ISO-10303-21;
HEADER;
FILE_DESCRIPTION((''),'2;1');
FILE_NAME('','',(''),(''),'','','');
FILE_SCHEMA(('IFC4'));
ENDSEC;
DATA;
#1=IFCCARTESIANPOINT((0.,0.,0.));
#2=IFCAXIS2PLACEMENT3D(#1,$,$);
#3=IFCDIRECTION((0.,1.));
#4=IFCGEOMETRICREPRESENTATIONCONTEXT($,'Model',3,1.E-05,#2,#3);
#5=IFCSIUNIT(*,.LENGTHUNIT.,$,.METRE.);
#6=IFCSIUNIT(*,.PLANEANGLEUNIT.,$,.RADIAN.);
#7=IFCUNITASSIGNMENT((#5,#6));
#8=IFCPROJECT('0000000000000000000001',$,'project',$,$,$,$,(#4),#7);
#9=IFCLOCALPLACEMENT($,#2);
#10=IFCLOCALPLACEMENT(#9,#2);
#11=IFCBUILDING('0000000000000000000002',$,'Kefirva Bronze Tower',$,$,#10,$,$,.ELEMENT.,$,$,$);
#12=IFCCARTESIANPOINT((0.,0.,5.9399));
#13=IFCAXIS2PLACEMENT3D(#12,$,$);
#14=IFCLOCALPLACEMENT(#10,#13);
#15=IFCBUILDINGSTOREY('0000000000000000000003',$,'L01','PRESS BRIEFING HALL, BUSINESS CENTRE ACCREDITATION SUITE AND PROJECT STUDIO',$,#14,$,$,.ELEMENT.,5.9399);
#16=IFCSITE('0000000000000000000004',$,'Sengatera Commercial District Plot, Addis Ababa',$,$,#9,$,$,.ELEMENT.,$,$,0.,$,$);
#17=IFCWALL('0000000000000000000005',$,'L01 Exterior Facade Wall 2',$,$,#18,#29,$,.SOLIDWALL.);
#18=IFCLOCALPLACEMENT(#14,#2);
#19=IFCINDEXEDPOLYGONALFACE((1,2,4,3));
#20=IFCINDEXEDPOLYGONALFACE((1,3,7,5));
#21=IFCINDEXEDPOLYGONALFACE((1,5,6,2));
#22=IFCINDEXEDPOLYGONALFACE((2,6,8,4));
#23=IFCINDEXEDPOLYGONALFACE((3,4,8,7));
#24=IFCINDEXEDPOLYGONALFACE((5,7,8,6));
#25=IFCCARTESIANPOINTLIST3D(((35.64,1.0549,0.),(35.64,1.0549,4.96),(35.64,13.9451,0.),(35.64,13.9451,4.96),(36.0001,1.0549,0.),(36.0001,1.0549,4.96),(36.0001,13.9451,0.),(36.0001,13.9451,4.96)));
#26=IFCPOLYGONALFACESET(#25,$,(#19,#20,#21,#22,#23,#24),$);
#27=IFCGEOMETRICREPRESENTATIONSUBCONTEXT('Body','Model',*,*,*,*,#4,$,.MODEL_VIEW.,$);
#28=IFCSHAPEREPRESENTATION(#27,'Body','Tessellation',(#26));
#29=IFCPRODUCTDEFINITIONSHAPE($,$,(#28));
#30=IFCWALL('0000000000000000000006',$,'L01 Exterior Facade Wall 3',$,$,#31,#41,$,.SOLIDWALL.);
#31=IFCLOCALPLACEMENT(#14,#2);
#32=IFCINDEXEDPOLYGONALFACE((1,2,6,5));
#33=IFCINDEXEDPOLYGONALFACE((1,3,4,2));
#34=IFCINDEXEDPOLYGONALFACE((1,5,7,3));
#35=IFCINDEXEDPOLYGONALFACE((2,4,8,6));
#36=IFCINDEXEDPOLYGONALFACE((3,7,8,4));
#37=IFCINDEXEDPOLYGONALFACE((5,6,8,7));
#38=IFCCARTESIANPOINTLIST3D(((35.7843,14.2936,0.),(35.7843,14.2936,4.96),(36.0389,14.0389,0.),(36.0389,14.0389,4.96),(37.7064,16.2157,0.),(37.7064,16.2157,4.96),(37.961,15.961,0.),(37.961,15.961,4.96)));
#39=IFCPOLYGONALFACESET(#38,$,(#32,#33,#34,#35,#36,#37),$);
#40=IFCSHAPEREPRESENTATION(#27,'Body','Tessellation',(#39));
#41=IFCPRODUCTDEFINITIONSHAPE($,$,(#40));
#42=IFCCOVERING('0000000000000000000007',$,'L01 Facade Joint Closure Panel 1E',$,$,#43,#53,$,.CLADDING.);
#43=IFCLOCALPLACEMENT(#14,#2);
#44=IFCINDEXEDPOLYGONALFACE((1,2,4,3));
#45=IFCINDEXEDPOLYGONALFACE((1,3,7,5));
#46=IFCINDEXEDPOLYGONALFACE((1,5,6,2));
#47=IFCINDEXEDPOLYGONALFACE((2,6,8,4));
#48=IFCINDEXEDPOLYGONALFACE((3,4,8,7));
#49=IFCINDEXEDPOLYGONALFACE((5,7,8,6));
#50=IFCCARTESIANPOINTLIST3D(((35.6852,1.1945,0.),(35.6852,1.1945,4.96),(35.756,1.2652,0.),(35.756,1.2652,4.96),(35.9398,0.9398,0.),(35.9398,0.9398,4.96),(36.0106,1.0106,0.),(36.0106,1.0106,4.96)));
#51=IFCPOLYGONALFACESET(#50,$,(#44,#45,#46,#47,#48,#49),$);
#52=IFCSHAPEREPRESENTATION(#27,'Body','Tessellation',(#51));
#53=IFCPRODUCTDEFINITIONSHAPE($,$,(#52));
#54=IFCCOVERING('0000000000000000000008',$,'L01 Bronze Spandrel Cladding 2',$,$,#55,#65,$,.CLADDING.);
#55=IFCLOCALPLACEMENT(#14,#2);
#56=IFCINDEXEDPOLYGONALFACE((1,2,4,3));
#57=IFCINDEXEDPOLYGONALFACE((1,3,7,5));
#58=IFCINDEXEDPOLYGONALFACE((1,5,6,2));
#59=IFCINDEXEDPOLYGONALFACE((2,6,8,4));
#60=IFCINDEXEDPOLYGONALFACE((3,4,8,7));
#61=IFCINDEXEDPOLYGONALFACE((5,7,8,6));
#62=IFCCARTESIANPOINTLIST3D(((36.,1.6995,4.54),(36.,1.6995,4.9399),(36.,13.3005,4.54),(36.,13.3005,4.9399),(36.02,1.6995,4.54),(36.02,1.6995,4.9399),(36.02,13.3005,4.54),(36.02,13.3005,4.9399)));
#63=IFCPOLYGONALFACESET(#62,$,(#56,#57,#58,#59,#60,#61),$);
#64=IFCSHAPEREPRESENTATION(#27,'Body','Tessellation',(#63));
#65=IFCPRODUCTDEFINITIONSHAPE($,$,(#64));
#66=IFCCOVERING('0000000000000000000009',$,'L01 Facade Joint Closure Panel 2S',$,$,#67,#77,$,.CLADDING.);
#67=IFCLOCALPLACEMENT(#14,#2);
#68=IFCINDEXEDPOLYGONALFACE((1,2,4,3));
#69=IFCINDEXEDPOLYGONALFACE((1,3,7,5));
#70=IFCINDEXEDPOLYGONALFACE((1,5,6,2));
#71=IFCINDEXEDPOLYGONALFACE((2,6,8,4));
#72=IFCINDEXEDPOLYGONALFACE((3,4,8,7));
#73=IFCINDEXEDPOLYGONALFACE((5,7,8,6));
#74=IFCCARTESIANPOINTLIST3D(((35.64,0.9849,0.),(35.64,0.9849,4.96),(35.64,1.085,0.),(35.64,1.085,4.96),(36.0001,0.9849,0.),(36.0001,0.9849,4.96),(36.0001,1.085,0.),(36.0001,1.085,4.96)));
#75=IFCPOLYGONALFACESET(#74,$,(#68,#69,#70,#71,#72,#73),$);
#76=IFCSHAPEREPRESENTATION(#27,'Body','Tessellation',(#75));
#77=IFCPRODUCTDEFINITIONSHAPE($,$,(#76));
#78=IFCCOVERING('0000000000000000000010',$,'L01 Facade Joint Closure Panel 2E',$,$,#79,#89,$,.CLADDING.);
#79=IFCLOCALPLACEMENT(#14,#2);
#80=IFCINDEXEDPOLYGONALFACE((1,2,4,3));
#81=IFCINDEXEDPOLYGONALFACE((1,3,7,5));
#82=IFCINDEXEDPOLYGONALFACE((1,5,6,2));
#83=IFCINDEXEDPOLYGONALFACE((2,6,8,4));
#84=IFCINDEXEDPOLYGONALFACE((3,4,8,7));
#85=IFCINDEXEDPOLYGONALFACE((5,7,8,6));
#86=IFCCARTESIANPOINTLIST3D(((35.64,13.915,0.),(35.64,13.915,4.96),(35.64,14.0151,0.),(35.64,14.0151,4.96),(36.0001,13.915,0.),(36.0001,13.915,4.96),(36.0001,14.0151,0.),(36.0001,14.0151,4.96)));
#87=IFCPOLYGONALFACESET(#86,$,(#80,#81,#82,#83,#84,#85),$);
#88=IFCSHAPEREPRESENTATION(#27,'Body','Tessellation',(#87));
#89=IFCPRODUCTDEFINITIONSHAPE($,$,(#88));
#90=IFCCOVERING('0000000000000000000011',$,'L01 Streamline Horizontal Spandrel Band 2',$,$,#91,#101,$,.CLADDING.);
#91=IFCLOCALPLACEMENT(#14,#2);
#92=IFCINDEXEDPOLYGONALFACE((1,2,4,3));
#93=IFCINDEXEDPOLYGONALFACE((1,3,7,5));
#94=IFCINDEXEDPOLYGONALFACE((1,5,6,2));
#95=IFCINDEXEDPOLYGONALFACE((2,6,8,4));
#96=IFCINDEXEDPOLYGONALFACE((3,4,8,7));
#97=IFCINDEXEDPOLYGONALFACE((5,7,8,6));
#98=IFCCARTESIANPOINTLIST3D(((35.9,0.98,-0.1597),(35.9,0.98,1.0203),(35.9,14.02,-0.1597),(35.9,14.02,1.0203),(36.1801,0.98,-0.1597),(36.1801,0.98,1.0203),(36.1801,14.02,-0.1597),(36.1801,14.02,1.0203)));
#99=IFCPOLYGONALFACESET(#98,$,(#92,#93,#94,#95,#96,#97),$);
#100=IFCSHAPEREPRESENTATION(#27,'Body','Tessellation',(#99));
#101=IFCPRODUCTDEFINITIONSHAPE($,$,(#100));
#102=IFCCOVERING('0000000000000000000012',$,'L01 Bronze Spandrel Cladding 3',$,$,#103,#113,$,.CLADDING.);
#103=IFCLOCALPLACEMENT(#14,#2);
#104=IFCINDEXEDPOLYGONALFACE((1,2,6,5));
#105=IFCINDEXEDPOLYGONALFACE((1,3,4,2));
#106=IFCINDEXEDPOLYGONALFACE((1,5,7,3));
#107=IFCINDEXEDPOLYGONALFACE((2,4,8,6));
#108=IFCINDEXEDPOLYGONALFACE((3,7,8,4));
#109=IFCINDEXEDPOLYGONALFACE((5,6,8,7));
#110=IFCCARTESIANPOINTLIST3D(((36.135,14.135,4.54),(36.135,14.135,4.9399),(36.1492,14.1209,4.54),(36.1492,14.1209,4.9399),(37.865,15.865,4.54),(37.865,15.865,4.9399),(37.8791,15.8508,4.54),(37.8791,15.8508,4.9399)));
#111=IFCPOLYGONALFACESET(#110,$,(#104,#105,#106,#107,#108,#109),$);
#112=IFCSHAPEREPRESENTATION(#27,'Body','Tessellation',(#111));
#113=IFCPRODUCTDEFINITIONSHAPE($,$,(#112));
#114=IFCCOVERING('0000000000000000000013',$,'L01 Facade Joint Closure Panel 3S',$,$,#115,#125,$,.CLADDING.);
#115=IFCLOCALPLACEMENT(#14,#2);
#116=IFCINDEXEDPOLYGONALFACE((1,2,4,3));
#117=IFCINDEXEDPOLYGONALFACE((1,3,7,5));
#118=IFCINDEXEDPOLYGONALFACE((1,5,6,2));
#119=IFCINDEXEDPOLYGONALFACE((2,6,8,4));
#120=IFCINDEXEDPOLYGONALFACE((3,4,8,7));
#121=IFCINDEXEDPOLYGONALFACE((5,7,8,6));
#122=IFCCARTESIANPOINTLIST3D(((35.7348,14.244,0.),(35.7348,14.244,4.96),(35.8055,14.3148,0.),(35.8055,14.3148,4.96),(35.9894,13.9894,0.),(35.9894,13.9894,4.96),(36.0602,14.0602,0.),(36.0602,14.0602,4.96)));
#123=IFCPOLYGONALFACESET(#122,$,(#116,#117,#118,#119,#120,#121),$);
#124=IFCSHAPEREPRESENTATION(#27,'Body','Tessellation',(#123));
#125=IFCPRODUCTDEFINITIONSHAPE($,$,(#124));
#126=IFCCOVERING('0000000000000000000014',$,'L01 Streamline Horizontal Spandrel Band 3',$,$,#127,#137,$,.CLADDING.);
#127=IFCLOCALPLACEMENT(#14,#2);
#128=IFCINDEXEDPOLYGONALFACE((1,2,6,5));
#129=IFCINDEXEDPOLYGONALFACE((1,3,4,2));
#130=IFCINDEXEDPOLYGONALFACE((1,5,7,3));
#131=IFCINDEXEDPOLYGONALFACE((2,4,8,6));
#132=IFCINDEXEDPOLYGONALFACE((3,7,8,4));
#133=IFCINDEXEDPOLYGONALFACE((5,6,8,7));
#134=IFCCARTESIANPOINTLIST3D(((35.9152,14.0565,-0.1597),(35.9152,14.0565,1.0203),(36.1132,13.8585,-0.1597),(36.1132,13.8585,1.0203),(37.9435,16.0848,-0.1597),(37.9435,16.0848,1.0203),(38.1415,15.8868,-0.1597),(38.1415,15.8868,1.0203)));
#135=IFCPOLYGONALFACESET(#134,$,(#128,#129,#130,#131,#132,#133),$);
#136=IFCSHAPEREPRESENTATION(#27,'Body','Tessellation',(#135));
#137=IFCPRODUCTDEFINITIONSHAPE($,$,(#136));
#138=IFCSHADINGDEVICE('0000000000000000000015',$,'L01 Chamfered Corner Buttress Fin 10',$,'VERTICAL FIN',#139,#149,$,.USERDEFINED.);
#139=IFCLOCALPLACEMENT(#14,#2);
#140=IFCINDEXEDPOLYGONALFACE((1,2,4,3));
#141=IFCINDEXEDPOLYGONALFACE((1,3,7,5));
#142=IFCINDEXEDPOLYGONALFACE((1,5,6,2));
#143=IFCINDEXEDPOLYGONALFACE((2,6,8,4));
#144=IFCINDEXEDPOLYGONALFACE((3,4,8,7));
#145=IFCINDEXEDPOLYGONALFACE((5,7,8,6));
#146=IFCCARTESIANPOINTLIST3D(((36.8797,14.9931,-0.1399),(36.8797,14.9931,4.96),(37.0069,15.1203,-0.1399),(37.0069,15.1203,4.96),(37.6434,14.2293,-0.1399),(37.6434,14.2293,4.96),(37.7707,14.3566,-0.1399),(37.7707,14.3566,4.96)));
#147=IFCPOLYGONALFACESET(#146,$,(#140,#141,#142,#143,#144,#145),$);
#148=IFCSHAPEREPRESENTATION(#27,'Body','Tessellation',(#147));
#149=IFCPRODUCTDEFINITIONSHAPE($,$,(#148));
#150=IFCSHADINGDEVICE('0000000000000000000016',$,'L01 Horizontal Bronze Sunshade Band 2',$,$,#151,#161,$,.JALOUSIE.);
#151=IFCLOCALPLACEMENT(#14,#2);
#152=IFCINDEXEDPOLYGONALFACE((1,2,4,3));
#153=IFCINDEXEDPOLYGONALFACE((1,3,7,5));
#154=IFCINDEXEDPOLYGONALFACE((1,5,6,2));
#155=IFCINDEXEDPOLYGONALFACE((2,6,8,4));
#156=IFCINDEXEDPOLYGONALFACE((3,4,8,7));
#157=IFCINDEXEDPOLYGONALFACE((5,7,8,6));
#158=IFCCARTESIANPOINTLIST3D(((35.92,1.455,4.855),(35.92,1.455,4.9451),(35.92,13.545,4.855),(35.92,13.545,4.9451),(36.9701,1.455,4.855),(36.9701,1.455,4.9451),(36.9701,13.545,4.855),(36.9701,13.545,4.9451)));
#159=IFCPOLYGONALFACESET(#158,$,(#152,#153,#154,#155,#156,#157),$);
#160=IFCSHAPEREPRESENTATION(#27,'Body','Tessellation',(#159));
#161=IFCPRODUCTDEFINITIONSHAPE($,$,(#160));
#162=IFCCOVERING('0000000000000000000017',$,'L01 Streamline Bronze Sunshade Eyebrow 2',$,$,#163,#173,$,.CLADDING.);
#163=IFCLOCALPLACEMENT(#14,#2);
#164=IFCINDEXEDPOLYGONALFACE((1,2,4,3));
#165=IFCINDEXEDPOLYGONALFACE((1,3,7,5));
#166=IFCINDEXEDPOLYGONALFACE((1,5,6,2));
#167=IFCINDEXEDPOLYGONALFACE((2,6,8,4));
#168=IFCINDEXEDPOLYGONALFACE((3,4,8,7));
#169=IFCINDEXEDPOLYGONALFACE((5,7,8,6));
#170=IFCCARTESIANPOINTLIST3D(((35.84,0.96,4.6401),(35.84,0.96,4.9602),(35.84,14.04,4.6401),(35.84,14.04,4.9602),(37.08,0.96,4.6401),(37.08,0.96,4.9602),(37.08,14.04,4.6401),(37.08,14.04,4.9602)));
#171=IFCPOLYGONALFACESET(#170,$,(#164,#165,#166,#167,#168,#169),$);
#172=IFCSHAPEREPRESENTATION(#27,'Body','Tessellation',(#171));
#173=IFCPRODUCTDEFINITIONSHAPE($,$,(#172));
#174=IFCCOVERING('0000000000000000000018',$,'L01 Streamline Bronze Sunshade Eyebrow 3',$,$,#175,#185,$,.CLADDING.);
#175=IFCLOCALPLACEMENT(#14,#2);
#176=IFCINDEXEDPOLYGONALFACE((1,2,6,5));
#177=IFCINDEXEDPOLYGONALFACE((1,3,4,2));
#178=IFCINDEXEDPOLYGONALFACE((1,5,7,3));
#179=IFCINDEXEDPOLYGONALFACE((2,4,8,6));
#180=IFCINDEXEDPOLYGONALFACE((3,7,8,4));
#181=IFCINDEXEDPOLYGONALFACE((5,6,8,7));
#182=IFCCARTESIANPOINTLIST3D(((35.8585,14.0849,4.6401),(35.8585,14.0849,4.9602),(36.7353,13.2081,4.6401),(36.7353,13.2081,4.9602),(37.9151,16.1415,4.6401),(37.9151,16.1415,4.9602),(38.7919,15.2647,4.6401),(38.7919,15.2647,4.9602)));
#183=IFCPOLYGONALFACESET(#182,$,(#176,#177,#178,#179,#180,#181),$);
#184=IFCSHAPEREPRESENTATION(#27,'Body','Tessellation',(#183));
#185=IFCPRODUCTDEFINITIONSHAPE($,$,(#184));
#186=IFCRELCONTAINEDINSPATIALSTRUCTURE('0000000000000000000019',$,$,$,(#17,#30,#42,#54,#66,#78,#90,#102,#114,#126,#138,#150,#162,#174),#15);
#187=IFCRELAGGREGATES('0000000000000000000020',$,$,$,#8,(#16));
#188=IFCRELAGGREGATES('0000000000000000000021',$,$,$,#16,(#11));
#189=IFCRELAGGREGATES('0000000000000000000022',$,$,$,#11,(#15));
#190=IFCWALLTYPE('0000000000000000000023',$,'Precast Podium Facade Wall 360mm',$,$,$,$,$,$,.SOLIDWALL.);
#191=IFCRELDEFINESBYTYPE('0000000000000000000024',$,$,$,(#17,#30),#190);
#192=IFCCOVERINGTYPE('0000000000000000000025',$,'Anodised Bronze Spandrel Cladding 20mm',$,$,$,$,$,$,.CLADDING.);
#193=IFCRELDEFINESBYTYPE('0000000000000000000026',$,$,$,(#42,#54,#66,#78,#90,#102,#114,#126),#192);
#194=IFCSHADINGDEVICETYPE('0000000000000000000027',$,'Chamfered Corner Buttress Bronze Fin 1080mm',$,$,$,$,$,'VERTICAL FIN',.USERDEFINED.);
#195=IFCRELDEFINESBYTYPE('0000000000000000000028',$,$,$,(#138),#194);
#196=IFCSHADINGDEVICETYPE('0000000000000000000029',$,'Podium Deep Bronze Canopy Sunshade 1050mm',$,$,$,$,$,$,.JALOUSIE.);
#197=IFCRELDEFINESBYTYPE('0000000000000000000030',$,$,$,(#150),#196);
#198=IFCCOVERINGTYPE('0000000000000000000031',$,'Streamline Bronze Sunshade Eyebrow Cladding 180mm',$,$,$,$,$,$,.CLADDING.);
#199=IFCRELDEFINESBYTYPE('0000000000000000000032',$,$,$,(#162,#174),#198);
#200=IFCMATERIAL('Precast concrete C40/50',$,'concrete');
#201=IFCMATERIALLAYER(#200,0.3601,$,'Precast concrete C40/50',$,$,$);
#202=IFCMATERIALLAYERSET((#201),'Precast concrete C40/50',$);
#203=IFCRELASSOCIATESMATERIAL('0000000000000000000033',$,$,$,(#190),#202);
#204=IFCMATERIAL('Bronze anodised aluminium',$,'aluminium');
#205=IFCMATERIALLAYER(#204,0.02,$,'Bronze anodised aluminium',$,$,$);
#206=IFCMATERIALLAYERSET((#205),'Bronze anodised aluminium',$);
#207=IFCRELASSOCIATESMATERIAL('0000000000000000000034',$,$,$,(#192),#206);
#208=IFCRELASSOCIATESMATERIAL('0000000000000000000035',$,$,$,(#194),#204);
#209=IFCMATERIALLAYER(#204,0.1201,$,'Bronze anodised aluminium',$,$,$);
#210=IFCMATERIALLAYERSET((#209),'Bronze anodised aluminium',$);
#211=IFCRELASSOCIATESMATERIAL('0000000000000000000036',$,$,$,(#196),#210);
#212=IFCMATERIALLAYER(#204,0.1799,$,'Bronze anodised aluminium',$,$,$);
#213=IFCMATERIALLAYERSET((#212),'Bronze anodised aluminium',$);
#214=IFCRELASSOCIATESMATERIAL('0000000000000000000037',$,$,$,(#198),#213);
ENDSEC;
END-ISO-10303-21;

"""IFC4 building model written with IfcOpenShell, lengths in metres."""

from ifc_helpers import new_model, si_unit, direction, frame, frame_2d, origin, origin_2d, place, context, subcontext, project, spatial, rectangle, extrude, material, layer, layer_set, material_profile, profile_set, type_object, element, save


model = new_model("IFC4")

# Units and contexts
model_context = context("Model", 3, precision=1e-05, world=origin(), true_north=direction((0.0, 1.0)))
body_context = subcontext(model_context, "Body", "Model", "MODEL_VIEW")
ifc_project = project(units=[si_unit("LENGTHUNIT", "METRE"), si_unit("PLANEANGLEUNIT", "RADIAN")], contexts=[model_context])

# Site, building, storey
site_placement = place(None, origin())
site = spatial("IfcSite", under=ifc_project, at=site_placement, Name="Sengatera Commercial District Plot, Addis Ababa", CompositionType="ELEMENT", RefElevation=0.0)
building_placement = place(site_placement, origin())
building = spatial("IfcBuilding", under=site, at=building_placement, Name="Kefirva Bronze Tower", CompositionType="ELEMENT")
storey_placement = place(building_placement, frame((0.0, 0.0, 5.9399)))
storey = spatial("IfcBuildingStorey", under=building, at=storey_placement, Name="L01", Description="PRESS BRIEFING HALL, BUSINESS CENTRE ACCREDITATION SUITE AND PROJECT STUDIO", CompositionType="ELEMENT", Elevation=5.9399)

# Walls
ifc_material_1 = material(Name="Precast concrete C40/50", Category="concrete")
ifc_layer_1 = layer(ifc_material_1, 0.3601, Name="Precast concrete C40/50")
ifc_layer_set_1 = layer_set([ifc_layer_1], Name="Precast concrete C40/50")
wall_type = type_object("IfcWallType", Name="Precast Podium Facade Wall 360mm", PredefinedType="SOLIDWALL", material=ifc_layer_set_1)
wall_1_placement = place(storey_placement, frame((35.8201, 1.0549, 0.0), z_axis=(0.0, 0.0, 1.0), x_axis=(0.0, 1.0, 0.0)))
element("IfcWall", 1, at=wall_1_placement, inside=storey, type_object=wall_type, Name="L01 Exterior Facade Wall 2", PredefinedType="SOLIDWALL", context=body_context, shape_type="SweptSolid", body=[
    extrude(rectangle(XDim=12.8901, YDim=0.3601, at=frame_2d((6.4451, 0.0))), origin(), (0.0, 0.0, 1.0), 4.96),
])
wall_2_placement = place(storey_placement, frame((35.9116, 14.1663, 0.0), z_axis=(0.0, 0.0, 1.0), x_axis=(0.707107, 0.707107, 0.0)))
element("IfcWall", 2, at=wall_2_placement, inside=storey, type_object=wall_type, Name="L01 Exterior Facade Wall 3", PredefinedType="SOLIDWALL", context=body_context, shape_type="SweptSolid", body=[
    extrude(rectangle(XDim=2.7183, YDim=0.3601, at=frame_2d((1.3591, 0.0))), origin(), (0.0, 0.0, 1.0), 4.96),
])

# Coverings
ifc_material_2 = material(Name="Bronze anodised aluminium", Category="aluminium")
ifc_layer_2 = layer(ifc_material_2, 0.02, Name="Bronze anodised aluminium")
ifc_layer_set_2 = layer_set([ifc_layer_2], Name="Bronze anodised aluminium")
covering_type_1 = type_object("IfcCoveringType", Name="Anodised Bronze Spandrel Cladding 20mm", PredefinedType="CLADDING", material=ifc_layer_set_2)
covering_1_placement = place(storey_placement, frame((35.8479, 1.1025, 0.0), z_axis=(0.0, 0.0, 1.0), x_axis=(0.707107, 0.707107, 0.0)))
element("IfcCovering", 3, at=covering_1_placement, inside=storey, type_object=covering_type_1, Name="L01 Facade Joint Closure Panel 1E", PredefinedType="CLADDING", context=body_context, shape_type="SweptSolid", body=[
    extrude(rectangle(XDim=0.1001, YDim=0.3601, at=origin_2d()), origin(), (0.0, 0.0, 1.0), 4.96),
])
covering_2_placement = place(storey_placement, frame((36.01, 7.5, 4.54), z_axis=(0.0, 0.0, 1.0), x_axis=(0.0, 1.0, 0.0)))
element("IfcCovering", 4, at=covering_2_placement, inside=storey, type_object=covering_type_1, Name="L01 Bronze Spandrel Cladding 2", PredefinedType="CLADDING", context=body_context, shape_type="SweptSolid", body=[
    extrude(rectangle(XDim=11.6011, YDim=0.02, at=origin_2d()), origin(), (0.0, 0.0, 1.0), 0.3999),
])
for number, where, z_axis, x_axis, name in (
    (5, (35.8201, 1.0349, 0.0), (0.0, 0.0, 1.0), (0.0, 1.0, 0.0), "L01 Facade Joint Closure Panel 2S"),
    (6, (35.8201, 13.9651, 0.0), (0.0, 0.0, 1.0), (0.0, 1.0, 0.0), "L01 Facade Joint Closure Panel 2E"),
):
    element("IfcCovering", number, at=place(storey_placement, frame(where, z_axis=z_axis, x_axis=x_axis)), inside=storey, type_object=covering_type_1, Name=name, PredefinedType="CLADDING", context=body_context, shape_type="SweptSolid", body=[
        extrude(rectangle(XDim=0.1001, YDim=0.3601, at=origin_2d()), origin(), (0.0, 0.0, 1.0), 4.96),
    ])
covering_3_placement = place(storey_placement, frame((36.04, 7.5, -0.1597), z_axis=(0.0, 0.0, 1.0), x_axis=(0.0, 1.0, 0.0)))
element("IfcCovering", 7, at=covering_3_placement, inside=storey, type_object=covering_type_1, Name="L01 Streamline Horizontal Spandrel Band 2", PredefinedType="CLADDING", context=body_context, shape_type="SweptSolid", body=[
    extrude(rectangle(XDim=13.04, YDim=0.28, at=origin_2d()), origin(), (0.0, 0.0, 1.0), 1.1799),
])
covering_4_placement = place(storey_placement, frame((37.0071, 14.9929, 4.54), z_axis=(0.0, 0.0, 1.0), x_axis=(0.707107, 0.707107, 0.0)))
element("IfcCovering", 8, at=covering_4_placement, inside=storey, type_object=covering_type_1, Name="L01 Bronze Spandrel Cladding 3", PredefinedType="CLADDING", context=body_context, shape_type="SweptSolid", body=[
    extrude(rectangle(XDim=2.4465, YDim=0.02, at=origin_2d()), origin(), (0.0, 0.0, 1.0), 0.3999),
])
covering_5_placement = place(storey_placement, frame((35.8975, 14.1521, 0.0), z_axis=(0.0, 0.0, 1.0), x_axis=(0.707107, 0.707107, 0.0)))
element("IfcCovering", 9, at=covering_5_placement, inside=storey, type_object=covering_type_1, Name="L01 Facade Joint Closure Panel 3S", PredefinedType="CLADDING", context=body_context, shape_type="SweptSolid", body=[
    extrude(rectangle(XDim=0.1001, YDim=0.3601, at=origin_2d()), origin(), (0.0, 0.0, 1.0), 4.96),
])
covering_6_placement = place(storey_placement, frame((37.0283, 14.9717, -0.1597), z_axis=(0.0, 0.0, 1.0), x_axis=(0.707107, 0.707107, 0.0)))
element("IfcCovering", 10, at=covering_6_placement, inside=storey, type_object=covering_type_1, Name="L01 Streamline Horizontal Spandrel Band 3", PredefinedType="CLADDING", context=body_context, shape_type="SweptSolid", body=[
    extrude(rectangle(XDim=2.8684, YDim=0.28, at=origin_2d()), origin(), (0.0, 0.0, 1.0), 1.1799),
])

# Shading devices
ifc_material_profile_1 = material_profile(ifc_material_2, rectangle(XDim=0.1799, YDim=1.0801, at=origin_2d()), Name="BRONZE BUTTRESS FIN 180x1080")
ifc_profile_set_1 = profile_set([ifc_material_profile_1], Name="Bronze anodised aluminium")
shading_device_type_1 = type_object("IfcShadingDeviceType", Name="Chamfered Corner Buttress Bronze Fin 1080mm", ElementType="VERTICAL FIN", PredefinedType="USERDEFINED", material=ifc_profile_set_1)
shading_device_1_placement = place(storey_placement, frame((37.3252, 14.6748, -0.1399), z_axis=(0.0, 0.0, 1.0), x_axis=(0.707107, 0.707107, 0.0)))
element("IfcShadingDevice", 11, at=shading_device_1_placement, inside=storey, type_object=shading_device_type_1, Name="L01 Chamfered Corner Buttress Fin 10", ObjectType="VERTICAL FIN", PredefinedType="USERDEFINED", context=body_context, shape_type="SweptSolid", body=[
    extrude(rectangle(XDim=0.1799, YDim=1.0801, at=origin_2d()), origin(), (0.0, 0.0, 1.0), 5.0999),
])
ifc_layer_3 = layer(ifc_material_2, 0.1201, Name="Bronze anodised aluminium")
ifc_layer_set_3 = layer_set([ifc_layer_3], Name="Bronze anodised aluminium")
shading_device_type_2 = type_object("IfcShadingDeviceType", Name="Podium Deep Bronze Canopy Sunshade 1050mm", PredefinedType="JALOUSIE", material=ifc_layer_set_3)
shading_device_2_placement = place(storey_placement, frame((36.4451, 7.5, 4.855), z_axis=(0.0, 0.0, 1.0), x_axis=(0.0, 1.0, 0.0)))
element("IfcShadingDevice", 12, at=shading_device_2_placement, inside=storey, type_object=shading_device_type_2, Name="L01 Horizontal Bronze Sunshade Band 2", PredefinedType="JALOUSIE", context=body_context, shape_type="SweptSolid", body=[
    extrude(rectangle(XDim=12.0901, YDim=1.05, at=origin_2d()), origin(), (0.0, 0.0, 1.0), 0.0901),
])

# Coverings
ifc_layer_4 = layer(ifc_material_2, 0.1799, Name="Bronze anodised aluminium")
ifc_layer_set_4 = layer_set([ifc_layer_4], Name="Bronze anodised aluminium")
covering_type_2 = type_object("IfcCoveringType", Name="Streamline Bronze Sunshade Eyebrow Cladding 180mm", PredefinedType="CLADDING", material=ifc_layer_set_4)
covering_7_placement = place(storey_placement, frame((36.46, 7.5, 4.6401), z_axis=(0.0, 0.0, 1.0), x_axis=(0.0, 1.0, 0.0)))
element("IfcCovering", 13, at=covering_7_placement, inside=storey, type_object=covering_type_2, Name="L01 Streamline Bronze Sunshade Eyebrow 2", PredefinedType="CLADDING", context=body_context, shape_type="SweptSolid", body=[
    extrude(rectangle(XDim=13.0801, YDim=1.24, at=origin_2d()), origin(), (0.0, 0.0, 1.0), 0.3201),
])
covering_8_placement = place(storey_placement, frame((37.3252, 14.6748, 4.6401), z_axis=(0.0, 0.0, 1.0), x_axis=(0.707107, 0.707107, 0.0)))
element("IfcCovering", 14, at=covering_8_placement, inside=storey, type_object=covering_type_2, Name="L01 Streamline Bronze Sunshade Eyebrow 3", PredefinedType="CLADDING", context=body_context, shape_type="SweptSolid", body=[
    extrude(rectangle(XDim=2.9084, YDim=1.24, at=origin_2d()), origin(), (0.0, 0.0, 1.0), 0.3201),
])

save(model, "model.ifc")
